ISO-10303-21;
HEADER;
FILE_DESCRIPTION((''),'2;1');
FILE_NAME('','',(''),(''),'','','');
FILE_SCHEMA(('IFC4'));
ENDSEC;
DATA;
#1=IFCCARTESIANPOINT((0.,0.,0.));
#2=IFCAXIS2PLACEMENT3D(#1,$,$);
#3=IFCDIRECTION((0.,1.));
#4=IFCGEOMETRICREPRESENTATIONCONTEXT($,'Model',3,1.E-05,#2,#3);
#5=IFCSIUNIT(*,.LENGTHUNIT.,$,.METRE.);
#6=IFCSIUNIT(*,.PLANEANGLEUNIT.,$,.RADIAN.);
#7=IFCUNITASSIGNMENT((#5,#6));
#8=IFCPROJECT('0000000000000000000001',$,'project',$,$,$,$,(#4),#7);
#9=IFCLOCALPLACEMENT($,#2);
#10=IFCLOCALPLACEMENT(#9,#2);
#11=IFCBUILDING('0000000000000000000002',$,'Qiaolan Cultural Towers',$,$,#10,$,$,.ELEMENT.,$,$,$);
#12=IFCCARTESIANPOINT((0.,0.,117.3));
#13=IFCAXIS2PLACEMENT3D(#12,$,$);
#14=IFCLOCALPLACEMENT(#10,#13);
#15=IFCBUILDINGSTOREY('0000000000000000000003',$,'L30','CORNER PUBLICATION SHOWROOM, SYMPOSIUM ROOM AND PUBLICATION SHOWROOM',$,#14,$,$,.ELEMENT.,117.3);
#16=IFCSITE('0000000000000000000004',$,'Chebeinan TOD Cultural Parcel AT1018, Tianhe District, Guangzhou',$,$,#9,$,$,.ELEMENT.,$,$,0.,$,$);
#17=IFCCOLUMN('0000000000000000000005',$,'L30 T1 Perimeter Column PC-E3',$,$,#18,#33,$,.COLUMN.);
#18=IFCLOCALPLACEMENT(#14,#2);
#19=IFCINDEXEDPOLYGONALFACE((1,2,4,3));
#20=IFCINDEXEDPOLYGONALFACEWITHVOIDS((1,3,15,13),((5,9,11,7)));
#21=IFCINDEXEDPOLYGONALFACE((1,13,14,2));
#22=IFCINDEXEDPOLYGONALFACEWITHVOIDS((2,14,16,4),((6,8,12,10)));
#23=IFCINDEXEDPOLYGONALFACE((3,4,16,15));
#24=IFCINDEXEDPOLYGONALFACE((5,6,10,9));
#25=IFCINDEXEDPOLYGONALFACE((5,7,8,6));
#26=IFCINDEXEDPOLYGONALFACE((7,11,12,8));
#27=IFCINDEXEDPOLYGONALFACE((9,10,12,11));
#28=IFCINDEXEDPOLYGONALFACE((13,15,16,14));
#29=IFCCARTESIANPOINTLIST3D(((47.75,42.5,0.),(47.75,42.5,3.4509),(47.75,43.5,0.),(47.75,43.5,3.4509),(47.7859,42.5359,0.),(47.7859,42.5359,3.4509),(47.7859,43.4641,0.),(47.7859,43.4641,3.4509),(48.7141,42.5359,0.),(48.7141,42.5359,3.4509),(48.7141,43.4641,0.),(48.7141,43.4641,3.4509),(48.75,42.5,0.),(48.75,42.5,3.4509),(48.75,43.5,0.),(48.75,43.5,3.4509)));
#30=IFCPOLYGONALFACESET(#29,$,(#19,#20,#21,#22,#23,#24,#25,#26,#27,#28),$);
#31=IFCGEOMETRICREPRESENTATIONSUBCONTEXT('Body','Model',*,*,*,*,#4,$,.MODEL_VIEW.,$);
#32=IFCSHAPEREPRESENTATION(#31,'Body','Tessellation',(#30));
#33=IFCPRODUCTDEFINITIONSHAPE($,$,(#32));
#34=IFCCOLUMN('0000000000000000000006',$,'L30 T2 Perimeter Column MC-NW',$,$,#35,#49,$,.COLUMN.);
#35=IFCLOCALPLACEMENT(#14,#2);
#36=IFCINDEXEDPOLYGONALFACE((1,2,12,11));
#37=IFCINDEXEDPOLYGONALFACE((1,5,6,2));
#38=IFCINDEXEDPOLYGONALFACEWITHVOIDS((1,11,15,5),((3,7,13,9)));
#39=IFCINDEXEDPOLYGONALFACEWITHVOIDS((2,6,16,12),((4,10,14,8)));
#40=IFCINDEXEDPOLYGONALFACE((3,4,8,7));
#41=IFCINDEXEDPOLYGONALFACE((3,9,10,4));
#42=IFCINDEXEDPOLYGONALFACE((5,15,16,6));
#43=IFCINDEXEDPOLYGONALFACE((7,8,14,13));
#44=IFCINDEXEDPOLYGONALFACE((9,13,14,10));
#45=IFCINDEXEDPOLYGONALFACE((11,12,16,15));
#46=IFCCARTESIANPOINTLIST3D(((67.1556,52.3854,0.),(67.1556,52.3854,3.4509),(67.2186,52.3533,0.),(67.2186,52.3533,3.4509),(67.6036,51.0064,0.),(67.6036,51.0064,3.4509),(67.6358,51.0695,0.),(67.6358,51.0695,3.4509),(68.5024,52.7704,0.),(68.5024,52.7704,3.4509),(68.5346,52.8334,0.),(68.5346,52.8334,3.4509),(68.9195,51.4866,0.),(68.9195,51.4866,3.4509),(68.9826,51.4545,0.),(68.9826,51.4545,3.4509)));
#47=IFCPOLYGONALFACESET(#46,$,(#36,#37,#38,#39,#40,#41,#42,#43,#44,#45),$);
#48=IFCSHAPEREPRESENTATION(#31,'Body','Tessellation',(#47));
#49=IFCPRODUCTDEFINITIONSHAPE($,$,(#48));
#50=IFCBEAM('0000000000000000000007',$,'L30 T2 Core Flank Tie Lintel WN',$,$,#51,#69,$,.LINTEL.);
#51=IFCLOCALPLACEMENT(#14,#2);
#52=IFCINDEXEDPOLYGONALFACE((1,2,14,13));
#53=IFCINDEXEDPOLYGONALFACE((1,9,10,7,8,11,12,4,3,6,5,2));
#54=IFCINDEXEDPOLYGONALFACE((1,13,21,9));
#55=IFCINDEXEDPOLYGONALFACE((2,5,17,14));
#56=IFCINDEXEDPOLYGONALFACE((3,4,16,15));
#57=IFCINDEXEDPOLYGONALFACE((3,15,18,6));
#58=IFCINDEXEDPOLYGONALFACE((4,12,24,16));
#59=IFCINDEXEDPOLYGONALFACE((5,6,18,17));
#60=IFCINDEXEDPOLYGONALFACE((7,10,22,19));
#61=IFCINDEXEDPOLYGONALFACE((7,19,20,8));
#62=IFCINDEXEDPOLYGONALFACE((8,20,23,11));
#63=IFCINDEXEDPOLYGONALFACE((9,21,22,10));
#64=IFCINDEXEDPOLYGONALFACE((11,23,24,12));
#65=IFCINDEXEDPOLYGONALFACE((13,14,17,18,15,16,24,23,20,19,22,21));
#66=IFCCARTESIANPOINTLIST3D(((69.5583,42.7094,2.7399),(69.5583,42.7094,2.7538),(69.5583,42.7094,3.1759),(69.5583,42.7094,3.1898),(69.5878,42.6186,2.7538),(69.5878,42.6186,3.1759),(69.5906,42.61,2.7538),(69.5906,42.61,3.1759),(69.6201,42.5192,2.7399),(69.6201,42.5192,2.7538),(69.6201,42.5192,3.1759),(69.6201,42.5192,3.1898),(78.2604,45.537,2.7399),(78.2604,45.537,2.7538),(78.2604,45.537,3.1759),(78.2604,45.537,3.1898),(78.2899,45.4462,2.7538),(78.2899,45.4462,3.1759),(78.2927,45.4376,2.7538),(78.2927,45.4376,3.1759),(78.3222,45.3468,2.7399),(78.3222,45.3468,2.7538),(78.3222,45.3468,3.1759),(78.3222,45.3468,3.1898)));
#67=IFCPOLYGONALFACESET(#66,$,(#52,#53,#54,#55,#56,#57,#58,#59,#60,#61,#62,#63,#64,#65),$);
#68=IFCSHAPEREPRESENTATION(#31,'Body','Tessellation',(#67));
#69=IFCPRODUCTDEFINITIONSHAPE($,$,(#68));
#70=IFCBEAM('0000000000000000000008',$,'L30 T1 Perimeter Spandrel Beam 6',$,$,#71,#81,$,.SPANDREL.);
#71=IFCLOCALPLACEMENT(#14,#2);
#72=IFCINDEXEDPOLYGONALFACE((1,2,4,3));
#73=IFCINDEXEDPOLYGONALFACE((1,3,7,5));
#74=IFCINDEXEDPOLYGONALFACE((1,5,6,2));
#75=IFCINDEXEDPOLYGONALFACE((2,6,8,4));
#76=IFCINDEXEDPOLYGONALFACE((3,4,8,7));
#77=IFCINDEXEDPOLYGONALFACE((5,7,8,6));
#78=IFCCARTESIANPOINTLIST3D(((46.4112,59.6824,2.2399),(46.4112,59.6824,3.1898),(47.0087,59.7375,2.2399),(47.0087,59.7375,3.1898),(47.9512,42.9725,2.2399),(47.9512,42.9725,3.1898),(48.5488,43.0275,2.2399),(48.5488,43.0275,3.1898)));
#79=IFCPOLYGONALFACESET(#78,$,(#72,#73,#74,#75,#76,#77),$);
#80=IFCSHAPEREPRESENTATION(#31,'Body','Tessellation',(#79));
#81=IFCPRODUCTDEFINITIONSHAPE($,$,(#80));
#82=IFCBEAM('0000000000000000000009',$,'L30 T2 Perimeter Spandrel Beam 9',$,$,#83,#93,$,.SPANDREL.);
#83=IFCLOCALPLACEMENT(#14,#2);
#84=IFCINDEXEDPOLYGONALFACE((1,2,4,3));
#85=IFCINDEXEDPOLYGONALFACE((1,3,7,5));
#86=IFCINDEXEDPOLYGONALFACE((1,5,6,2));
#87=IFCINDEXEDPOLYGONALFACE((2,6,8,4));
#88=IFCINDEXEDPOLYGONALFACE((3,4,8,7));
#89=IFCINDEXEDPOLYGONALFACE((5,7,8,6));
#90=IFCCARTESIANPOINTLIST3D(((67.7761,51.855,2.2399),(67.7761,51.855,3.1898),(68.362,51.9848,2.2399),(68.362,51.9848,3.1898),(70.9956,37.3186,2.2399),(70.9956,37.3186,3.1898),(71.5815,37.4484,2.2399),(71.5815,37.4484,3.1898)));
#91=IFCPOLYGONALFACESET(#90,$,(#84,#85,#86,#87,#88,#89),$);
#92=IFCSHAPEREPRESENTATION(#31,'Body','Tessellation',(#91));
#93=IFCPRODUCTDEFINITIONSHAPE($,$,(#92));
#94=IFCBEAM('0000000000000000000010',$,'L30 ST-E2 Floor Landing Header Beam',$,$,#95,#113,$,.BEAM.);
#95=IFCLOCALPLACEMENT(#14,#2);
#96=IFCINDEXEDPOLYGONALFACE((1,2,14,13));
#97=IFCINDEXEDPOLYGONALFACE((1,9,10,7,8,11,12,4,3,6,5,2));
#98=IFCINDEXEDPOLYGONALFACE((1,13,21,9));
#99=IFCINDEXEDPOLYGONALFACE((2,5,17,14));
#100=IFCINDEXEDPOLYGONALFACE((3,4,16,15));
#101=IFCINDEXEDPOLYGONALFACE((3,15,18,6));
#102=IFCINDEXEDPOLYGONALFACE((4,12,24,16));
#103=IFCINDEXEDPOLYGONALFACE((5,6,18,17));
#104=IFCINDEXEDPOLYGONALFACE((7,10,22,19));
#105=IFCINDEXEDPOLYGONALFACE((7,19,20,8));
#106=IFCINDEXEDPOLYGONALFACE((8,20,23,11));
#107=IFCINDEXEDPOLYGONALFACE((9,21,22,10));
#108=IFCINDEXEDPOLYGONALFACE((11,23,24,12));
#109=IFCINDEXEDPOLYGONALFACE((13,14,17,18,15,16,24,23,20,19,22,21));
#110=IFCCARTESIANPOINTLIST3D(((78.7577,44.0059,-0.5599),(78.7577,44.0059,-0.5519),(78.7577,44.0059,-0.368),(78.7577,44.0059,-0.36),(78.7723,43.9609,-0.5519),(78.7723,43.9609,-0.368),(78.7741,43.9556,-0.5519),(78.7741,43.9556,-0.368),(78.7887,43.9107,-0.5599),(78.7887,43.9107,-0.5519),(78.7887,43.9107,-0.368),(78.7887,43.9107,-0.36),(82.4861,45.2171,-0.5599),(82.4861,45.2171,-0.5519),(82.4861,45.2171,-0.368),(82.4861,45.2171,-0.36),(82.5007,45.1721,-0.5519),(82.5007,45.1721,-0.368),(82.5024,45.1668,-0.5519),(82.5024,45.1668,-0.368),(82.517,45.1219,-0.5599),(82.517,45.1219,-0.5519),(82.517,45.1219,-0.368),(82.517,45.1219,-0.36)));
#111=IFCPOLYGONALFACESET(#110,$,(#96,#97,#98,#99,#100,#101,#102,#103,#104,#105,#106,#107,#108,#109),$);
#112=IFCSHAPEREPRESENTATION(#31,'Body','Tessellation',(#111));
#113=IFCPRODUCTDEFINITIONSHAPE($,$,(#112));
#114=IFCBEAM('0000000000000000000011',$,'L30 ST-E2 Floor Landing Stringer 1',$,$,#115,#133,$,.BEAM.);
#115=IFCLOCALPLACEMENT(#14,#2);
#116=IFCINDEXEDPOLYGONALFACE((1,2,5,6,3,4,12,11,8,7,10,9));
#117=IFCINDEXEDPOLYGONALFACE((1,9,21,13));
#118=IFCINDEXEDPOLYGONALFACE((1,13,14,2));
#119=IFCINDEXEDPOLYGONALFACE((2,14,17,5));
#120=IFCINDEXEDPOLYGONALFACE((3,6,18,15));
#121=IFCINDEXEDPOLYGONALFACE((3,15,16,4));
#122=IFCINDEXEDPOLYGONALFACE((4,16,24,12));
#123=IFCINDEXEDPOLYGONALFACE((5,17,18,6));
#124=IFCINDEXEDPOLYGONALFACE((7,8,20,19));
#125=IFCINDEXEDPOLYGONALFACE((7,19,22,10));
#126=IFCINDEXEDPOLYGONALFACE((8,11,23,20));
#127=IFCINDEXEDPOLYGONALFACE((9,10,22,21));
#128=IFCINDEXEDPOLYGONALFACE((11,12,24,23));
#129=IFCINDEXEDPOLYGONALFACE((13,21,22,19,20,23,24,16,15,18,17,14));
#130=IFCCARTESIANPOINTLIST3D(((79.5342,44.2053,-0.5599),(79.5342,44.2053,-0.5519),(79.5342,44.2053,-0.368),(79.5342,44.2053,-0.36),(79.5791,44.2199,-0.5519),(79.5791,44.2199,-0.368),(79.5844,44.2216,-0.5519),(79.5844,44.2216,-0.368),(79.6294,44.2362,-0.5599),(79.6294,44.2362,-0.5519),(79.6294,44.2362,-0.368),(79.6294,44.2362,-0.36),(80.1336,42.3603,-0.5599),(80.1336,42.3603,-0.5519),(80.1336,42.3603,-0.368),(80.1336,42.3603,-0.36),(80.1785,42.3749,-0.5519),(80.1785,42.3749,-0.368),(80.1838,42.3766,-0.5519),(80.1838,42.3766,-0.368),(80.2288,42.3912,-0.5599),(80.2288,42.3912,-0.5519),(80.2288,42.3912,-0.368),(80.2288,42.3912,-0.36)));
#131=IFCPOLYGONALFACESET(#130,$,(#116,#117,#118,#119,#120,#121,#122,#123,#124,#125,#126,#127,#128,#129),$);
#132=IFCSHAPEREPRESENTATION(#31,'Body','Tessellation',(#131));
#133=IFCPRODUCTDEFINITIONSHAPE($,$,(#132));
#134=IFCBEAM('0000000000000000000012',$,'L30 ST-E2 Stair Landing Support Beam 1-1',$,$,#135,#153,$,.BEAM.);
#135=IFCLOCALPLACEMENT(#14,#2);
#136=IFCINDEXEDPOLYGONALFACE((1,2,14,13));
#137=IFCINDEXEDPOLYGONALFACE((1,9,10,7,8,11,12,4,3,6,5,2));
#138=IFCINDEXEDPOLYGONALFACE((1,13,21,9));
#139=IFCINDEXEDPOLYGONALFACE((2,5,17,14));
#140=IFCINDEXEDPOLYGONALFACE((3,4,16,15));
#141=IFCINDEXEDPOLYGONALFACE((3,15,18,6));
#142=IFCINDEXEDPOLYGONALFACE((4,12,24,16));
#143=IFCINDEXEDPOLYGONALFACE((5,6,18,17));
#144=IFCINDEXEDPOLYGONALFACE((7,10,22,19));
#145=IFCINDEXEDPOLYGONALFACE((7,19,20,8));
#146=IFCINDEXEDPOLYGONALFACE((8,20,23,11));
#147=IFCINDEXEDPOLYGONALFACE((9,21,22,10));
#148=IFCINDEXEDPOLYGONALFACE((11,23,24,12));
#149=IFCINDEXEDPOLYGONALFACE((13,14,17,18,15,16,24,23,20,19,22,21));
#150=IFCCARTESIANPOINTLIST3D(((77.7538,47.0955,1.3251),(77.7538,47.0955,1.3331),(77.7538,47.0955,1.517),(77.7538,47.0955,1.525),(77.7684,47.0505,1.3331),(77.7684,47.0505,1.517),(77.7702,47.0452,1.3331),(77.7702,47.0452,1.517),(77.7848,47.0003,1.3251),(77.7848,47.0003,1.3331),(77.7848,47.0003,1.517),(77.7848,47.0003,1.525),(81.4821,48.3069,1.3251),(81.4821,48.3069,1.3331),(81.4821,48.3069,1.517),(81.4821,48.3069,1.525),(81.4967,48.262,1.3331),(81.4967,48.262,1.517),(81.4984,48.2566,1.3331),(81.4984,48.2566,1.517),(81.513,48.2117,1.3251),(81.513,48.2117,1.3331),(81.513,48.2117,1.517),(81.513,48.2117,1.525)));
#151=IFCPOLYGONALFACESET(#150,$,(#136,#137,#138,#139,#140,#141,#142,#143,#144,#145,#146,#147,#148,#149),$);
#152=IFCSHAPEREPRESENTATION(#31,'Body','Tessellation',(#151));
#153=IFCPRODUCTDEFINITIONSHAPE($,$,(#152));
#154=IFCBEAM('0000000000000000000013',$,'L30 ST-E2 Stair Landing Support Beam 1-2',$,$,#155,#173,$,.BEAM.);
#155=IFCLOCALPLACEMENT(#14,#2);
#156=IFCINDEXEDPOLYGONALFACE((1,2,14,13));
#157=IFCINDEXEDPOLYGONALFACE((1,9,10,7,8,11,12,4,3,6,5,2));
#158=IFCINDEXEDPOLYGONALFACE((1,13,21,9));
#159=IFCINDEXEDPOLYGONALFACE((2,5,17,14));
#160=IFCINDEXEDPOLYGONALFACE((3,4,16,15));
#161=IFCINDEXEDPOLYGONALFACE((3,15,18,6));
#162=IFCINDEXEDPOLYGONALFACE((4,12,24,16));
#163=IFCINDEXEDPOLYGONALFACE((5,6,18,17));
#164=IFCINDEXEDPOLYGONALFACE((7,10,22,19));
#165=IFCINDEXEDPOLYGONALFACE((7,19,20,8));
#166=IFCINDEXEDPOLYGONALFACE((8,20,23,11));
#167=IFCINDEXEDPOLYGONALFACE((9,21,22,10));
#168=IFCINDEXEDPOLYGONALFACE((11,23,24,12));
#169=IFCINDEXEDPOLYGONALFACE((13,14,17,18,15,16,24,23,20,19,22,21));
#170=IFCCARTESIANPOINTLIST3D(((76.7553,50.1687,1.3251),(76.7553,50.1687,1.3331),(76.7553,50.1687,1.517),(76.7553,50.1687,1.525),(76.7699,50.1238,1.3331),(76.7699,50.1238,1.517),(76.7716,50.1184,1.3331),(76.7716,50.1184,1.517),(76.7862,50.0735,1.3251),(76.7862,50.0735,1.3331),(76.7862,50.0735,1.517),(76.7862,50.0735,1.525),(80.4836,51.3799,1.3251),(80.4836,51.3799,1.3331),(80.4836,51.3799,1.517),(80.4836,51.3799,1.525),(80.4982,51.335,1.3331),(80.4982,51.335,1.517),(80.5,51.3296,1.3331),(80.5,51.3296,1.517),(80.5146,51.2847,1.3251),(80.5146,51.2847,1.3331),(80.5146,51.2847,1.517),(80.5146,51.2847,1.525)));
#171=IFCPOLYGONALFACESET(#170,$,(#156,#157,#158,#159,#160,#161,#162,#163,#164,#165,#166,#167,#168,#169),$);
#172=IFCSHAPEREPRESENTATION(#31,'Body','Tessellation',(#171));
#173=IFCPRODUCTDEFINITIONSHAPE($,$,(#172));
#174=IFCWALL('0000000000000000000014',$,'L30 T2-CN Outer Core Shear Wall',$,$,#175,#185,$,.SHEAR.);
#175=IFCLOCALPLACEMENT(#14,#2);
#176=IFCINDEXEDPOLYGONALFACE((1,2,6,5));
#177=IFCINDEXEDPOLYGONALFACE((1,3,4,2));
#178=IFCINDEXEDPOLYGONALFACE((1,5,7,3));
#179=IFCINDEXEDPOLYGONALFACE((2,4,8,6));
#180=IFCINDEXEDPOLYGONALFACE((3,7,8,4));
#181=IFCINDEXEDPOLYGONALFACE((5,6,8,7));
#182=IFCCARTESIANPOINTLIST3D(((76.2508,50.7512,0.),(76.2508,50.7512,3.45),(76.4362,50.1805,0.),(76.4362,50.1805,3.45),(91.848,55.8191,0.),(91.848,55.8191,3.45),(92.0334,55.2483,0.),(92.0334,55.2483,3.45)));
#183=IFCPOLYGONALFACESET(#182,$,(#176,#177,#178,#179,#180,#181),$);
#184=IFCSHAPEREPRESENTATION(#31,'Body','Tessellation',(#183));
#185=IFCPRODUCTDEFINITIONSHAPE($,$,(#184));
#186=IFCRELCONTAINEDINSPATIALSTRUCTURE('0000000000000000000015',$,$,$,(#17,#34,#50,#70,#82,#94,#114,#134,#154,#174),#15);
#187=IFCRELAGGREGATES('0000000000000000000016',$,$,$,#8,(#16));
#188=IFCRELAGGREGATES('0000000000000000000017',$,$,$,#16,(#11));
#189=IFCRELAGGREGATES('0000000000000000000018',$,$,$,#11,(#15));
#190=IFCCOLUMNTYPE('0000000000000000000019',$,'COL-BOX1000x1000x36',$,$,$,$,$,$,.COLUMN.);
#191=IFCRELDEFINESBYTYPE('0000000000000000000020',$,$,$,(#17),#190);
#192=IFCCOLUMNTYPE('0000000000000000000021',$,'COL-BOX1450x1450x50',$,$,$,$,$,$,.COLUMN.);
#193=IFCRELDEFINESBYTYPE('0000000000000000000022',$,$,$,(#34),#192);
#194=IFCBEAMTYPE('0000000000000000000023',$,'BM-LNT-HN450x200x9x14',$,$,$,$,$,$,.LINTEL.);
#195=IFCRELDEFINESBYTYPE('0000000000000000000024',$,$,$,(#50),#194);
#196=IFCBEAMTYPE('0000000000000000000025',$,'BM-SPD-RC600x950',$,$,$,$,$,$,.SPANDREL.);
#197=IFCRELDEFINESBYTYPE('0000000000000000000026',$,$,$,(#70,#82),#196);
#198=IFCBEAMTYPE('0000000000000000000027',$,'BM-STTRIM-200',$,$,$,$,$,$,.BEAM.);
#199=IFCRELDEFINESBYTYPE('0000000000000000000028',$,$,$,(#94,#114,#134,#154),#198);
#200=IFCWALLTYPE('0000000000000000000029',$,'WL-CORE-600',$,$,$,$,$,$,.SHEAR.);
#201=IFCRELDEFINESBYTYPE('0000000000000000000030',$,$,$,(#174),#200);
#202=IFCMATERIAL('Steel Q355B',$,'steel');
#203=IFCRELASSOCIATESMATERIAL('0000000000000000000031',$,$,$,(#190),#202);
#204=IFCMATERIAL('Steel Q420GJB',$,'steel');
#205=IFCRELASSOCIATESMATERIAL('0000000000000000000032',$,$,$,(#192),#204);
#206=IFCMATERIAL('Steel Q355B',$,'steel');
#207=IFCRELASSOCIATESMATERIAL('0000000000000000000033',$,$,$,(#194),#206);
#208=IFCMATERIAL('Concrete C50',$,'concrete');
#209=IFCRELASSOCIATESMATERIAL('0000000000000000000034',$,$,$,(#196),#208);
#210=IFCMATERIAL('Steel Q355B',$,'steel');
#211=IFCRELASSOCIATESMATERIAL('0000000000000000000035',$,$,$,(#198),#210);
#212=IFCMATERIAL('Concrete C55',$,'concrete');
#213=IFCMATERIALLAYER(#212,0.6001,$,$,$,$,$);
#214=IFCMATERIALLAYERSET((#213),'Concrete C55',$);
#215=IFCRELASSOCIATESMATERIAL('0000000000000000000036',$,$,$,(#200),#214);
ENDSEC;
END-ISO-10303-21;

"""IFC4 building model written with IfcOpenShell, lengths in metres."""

from ifc_helpers import new_model, si_unit, direction, frame, frame_2d, origin, origin_2d, place, context, subcontext, project, spatial, rectangle, hollow_rectangle, i_section, extrude, material, layer, layer_set, material_profile, profile_set, type_object, element, save


model = new_model("IFC4")

# Units and contexts
model_context = context("Model", 3, precision=1e-05, world=origin(), true_north=direction((0.0, 1.0)))
body_context = subcontext(model_context, "Body", "Model", "MODEL_VIEW")
ifc_project = project(units=[si_unit("LENGTHUNIT", "METRE"), si_unit("PLANEANGLEUNIT", "RADIAN")], contexts=[model_context])

# Site, building, storey
site_placement = place(None, origin())
site = spatial("IfcSite", under=ifc_project, at=site_placement, Name="Chebeinan TOD Cultural Parcel AT1018, Tianhe District, Guangzhou", CompositionType="ELEMENT", RefElevation=0.0)
building_placement = place(site_placement, origin())
building = spatial("IfcBuilding", under=site, at=building_placement, Name="Qiaolan Cultural Towers", CompositionType="ELEMENT")
storey_placement = place(building_placement, frame((0.0, 0.0, 117.3)))
storey = spatial("IfcBuildingStorey", under=building, at=storey_placement, Name="L30", Description="CORNER PUBLICATION SHOWROOM, SYMPOSIUM ROOM AND PUBLICATION SHOWROOM", CompositionType="ELEMENT", Elevation=117.3)

# Columns
ifc_material_1 = material(Name="Steel Q355B", Category="steel")
ifc_material_profile_1 = material_profile(ifc_material_1, hollow_rectangle(XDim=1.0, YDim=1.0, WallThickness=0.0359, at=origin_2d()), Name="BOX1000x1000x36")
ifc_profile_set_1 = profile_set([ifc_material_profile_1], Name="Steel Q355B")
column_type_1 = type_object("IfcColumnType", Name="COL-BOX1000x1000x36", PredefinedType="COLUMN", material=ifc_profile_set_1)
column_1_placement = place(storey_placement, frame((48.25, 43.0, 0.0), z_axis=(0.0, 0.0, 1.0), x_axis=(1.0, 0.0, 0.0)))
element("IfcColumn", 1, at=column_1_placement, inside=storey, type_object=column_type_1, Name="L30 T1 Perimeter Column PC-E3", PredefinedType="COLUMN", context=body_context, shape_type="SweptSolid", body=[
    extrude(hollow_rectangle(XDim=1.0, YDim=1.0, WallThickness=0.0359, at=origin_2d()), origin(), (0.0, 0.0, 1.0), 3.4509),
])
ifc_material_2 = material(Name="Steel Q420GJB", Category="steel")
ifc_material_profile_2 = material_profile(ifc_material_2, hollow_rectangle(XDim=1.45, YDim=1.45, WallThickness=0.05, at=origin_2d()), Name="BOX1450x1450x50")
ifc_profile_set_2 = profile_set([ifc_material_profile_2], Name="Steel Q420GJB")
column_type_2 = type_object("IfcColumnType", Name="COL-BOX1450x1450x50", PredefinedType="COLUMN", material=ifc_profile_set_2)
column_2_placement = place(storey_placement, frame((68.0691, 51.9199, 0.0), z_axis=(0.0, 0.0, 1.0), x_axis=(0.951057, 0.309017, 0.0)))
element("IfcColumn", 2, at=column_2_placement, inside=storey, type_object=column_type_2, Name="L30 T2 Perimeter Column MC-NW", PredefinedType="COLUMN", context=body_context, shape_type="SweptSolid", body=[
    extrude(hollow_rectangle(XDim=1.45, YDim=1.45, WallThickness=0.05, at=origin_2d()), origin(), (0.0, 0.0, 1.0), 3.4509),
])

# Beams
ifc_material_3 = material(Name="Steel Q355B", Category="steel")
ifc_material_profile_3 = material_profile(ifc_material_3, i_section(OverallWidth=0.2, OverallDepth=0.45, WebThickness=0.009, FlangeThickness=0.0139, at=origin_2d()), Name="HN450x200x9x14")
ifc_profile_set_3 = profile_set([ifc_material_profile_3], Name="Steel Q355B")
beam_type_1 = type_object("IfcBeamType", Name="BM-LNT-HN450x200x9x14", PredefinedType="LINTEL", material=ifc_profile_set_3)
beam_1_placement = place(storey_placement, frame((78.2913, 45.4419, 2.9648), z_axis=(-0.951052, -0.309031, 0.0), x_axis=(0.309031, -0.951052, 0.0)))
element("IfcBeam", 3, at=beam_1_placement, inside=storey, type_object=beam_type_1, Name="L30 T2 Core Flank Tie Lintel WN", PredefinedType="LINTEL", context=body_context, shape_type="SweptSolid", body=[
    extrude(i_section(OverallWidth=0.2, OverallDepth=0.45, WebThickness=0.009, FlangeThickness=0.0139, at=origin_2d()), origin(), (0.0, 0.0, 1.0), 9.1499),
])
ifc_material_4 = material(Name="Concrete C50", Category="concrete")
ifc_material_profile_4 = material_profile(ifc_material_4, rectangle(XDim=0.6001, YDim=0.95, at=origin_2d()), Name="RC600x950")
ifc_profile_set_4 = profile_set([ifc_material_profile_4], Name="Concrete C50")
beam_type_2 = type_object("IfcBeamType", Name="BM-SPD-RC600x950", PredefinedType="SPANDREL", material=ifc_profile_set_4)
beam_2_placement = place(storey_placement, frame((48.25, 43.0, 2.7148), z_axis=(-0.091774, 0.99578, 0.0), x_axis=(-0.99578, -0.091774, 0.0)))
element("IfcBeam", 4, at=beam_2_placement, inside=storey, type_object=beam_type_2, Name="L30 T1 Perimeter Spandrel Beam 6", PredefinedType="SPANDREL", context=body_context, shape_type="SweptSolid", body=[
    extrude(rectangle(XDim=0.6001, YDim=0.95, at=origin_2d()), origin(), (0.0, 0.0, 1.0), 16.7808),
])
beam_3_placement = place(storey_placement, frame((68.0691, 51.9199, 2.7148), z_axis=(0.216238, -0.976341, 0.0), x_axis=(0.976341, 0.216238, 0.0)))
element("IfcBeam", 5, at=beam_3_placement, inside=storey, type_object=beam_type_2, Name="L30 T2 Perimeter Spandrel Beam 9", PredefinedType="SPANDREL", context=body_context, shape_type="SweptSolid", body=[
    extrude(rectangle(XDim=0.6001, YDim=0.95, at=origin_2d()), origin(), (0.0, 0.0, 1.0), 14.8887),
])
ifc_material_5 = material(Name="Steel Q355B", Category="steel")
ifc_material_profile_5 = material_profile(ifc_material_5, i_section(OverallWidth=0.1001, OverallDepth=0.2, WebThickness=0.0056, FlangeThickness=0.0081, at=origin_2d()), Name="HN200x100x5.5x8")
ifc_profile_set_5 = profile_set([ifc_material_profile_5], Name="Steel Q355B")
beam_type_3 = type_object("IfcBeamType", Name="BM-STTRIM-200", PredefinedType="BEAM", material=ifc_profile_set_5)
beam_4_placement = place(storey_placement, frame((78.7732, 43.9583, -0.46), z_axis=(0.951072, 0.308969, 0.0), x_axis=(-0.308969, 0.951072, 0.0)))
element("IfcBeam", 6, at=beam_4_placement, inside=storey, type_object=beam_type_3, Name="L30 ST-E2 Floor Landing Header Beam", PredefinedType="BEAM", context=body_context, shape_type="SweptSolid", body=[
    extrude(i_section(OverallWidth=0.1001, OverallDepth=0.2, WebThickness=0.0056, FlangeThickness=0.0081, at=origin_2d()), origin(), (0.0, 0.0, 1.0), 3.9202),
])
beam_5_placement = place(storey_placement, frame((80.1812, 42.3757, -0.46), z_axis=(-0.308969, 0.951072, 0.0), x_axis=(-0.951072, -0.308969, 0.0)))
element("IfcBeam", 7, at=beam_5_placement, inside=storey, type_object=beam_type_3, Name="L30 ST-E2 Floor Landing Stringer 1", PredefinedType="BEAM", context=body_context, shape_type="SweptSolid", body=[
    extrude(i_section(OverallWidth=0.1001, OverallDepth=0.2, WebThickness=0.0056, FlangeThickness=0.0081, at=origin_2d()), origin(), (0.0, 0.0, 1.0), 1.9399),
])
for number, where, z_axis, x_axis, name in (
    (8, (77.7693, 47.0479, 1.425), (0.951054, 0.309026, 0.0), (-0.309026, 0.951054, 0.0), "L30 ST-E2 Stair Landing Support Beam 1-1"),
    (9, (76.7708, 50.1211, 1.425), (0.951072, 0.308969, 0.0), (-0.308969, 0.951072, 0.0), "L30 ST-E2 Stair Landing Support Beam 1-2"),
):
    element("IfcBeam", number, at=place(storey_placement, frame(where, z_axis=z_axis, x_axis=x_axis)), inside=storey, type_object=beam_type_3, Name=name, PredefinedType="BEAM", context=body_context, shape_type="SweptSolid", body=[
        extrude(i_section(OverallWidth=0.1001, OverallDepth=0.2, WebThickness=0.0056, FlangeThickness=0.0081, at=origin_2d()), origin(), (0.0, 0.0, 1.0), 3.9202),
    ])

# Wall
ifc_material_6 = material(Name="Concrete C55", Category="concrete")
ifc_layer_1 = layer(ifc_material_6, 0.6001)
ifc_layer_set_1 = layer_set([ifc_layer_1], Name="Concrete C55")
wall_type_1 = type_object("IfcWallType", Name="WL-CORE-600", PredefinedType="SHEAR", material=ifc_layer_set_1)
wall_1_placement = place(storey_placement, frame((76.3435, 50.4658, 0.0), z_axis=(0.0, 0.0, 1.0), x_axis=(0.951056, 0.309019, 0.0)))
element("IfcWall", 10, at=wall_1_placement, inside=storey, type_object=wall_type_1, Name="L30 T2-CN Outer Core Shear Wall", PredefinedType="SHEAR", context=body_context, shape_type="SweptSolid", body=[
    extrude(rectangle(XDim=16.3999, YDim=0.6001, at=frame_2d((8.2, 0.0))), origin(), (0.0, 0.0, 1.0), 3.45),
])

save(model, "model.ifc")
